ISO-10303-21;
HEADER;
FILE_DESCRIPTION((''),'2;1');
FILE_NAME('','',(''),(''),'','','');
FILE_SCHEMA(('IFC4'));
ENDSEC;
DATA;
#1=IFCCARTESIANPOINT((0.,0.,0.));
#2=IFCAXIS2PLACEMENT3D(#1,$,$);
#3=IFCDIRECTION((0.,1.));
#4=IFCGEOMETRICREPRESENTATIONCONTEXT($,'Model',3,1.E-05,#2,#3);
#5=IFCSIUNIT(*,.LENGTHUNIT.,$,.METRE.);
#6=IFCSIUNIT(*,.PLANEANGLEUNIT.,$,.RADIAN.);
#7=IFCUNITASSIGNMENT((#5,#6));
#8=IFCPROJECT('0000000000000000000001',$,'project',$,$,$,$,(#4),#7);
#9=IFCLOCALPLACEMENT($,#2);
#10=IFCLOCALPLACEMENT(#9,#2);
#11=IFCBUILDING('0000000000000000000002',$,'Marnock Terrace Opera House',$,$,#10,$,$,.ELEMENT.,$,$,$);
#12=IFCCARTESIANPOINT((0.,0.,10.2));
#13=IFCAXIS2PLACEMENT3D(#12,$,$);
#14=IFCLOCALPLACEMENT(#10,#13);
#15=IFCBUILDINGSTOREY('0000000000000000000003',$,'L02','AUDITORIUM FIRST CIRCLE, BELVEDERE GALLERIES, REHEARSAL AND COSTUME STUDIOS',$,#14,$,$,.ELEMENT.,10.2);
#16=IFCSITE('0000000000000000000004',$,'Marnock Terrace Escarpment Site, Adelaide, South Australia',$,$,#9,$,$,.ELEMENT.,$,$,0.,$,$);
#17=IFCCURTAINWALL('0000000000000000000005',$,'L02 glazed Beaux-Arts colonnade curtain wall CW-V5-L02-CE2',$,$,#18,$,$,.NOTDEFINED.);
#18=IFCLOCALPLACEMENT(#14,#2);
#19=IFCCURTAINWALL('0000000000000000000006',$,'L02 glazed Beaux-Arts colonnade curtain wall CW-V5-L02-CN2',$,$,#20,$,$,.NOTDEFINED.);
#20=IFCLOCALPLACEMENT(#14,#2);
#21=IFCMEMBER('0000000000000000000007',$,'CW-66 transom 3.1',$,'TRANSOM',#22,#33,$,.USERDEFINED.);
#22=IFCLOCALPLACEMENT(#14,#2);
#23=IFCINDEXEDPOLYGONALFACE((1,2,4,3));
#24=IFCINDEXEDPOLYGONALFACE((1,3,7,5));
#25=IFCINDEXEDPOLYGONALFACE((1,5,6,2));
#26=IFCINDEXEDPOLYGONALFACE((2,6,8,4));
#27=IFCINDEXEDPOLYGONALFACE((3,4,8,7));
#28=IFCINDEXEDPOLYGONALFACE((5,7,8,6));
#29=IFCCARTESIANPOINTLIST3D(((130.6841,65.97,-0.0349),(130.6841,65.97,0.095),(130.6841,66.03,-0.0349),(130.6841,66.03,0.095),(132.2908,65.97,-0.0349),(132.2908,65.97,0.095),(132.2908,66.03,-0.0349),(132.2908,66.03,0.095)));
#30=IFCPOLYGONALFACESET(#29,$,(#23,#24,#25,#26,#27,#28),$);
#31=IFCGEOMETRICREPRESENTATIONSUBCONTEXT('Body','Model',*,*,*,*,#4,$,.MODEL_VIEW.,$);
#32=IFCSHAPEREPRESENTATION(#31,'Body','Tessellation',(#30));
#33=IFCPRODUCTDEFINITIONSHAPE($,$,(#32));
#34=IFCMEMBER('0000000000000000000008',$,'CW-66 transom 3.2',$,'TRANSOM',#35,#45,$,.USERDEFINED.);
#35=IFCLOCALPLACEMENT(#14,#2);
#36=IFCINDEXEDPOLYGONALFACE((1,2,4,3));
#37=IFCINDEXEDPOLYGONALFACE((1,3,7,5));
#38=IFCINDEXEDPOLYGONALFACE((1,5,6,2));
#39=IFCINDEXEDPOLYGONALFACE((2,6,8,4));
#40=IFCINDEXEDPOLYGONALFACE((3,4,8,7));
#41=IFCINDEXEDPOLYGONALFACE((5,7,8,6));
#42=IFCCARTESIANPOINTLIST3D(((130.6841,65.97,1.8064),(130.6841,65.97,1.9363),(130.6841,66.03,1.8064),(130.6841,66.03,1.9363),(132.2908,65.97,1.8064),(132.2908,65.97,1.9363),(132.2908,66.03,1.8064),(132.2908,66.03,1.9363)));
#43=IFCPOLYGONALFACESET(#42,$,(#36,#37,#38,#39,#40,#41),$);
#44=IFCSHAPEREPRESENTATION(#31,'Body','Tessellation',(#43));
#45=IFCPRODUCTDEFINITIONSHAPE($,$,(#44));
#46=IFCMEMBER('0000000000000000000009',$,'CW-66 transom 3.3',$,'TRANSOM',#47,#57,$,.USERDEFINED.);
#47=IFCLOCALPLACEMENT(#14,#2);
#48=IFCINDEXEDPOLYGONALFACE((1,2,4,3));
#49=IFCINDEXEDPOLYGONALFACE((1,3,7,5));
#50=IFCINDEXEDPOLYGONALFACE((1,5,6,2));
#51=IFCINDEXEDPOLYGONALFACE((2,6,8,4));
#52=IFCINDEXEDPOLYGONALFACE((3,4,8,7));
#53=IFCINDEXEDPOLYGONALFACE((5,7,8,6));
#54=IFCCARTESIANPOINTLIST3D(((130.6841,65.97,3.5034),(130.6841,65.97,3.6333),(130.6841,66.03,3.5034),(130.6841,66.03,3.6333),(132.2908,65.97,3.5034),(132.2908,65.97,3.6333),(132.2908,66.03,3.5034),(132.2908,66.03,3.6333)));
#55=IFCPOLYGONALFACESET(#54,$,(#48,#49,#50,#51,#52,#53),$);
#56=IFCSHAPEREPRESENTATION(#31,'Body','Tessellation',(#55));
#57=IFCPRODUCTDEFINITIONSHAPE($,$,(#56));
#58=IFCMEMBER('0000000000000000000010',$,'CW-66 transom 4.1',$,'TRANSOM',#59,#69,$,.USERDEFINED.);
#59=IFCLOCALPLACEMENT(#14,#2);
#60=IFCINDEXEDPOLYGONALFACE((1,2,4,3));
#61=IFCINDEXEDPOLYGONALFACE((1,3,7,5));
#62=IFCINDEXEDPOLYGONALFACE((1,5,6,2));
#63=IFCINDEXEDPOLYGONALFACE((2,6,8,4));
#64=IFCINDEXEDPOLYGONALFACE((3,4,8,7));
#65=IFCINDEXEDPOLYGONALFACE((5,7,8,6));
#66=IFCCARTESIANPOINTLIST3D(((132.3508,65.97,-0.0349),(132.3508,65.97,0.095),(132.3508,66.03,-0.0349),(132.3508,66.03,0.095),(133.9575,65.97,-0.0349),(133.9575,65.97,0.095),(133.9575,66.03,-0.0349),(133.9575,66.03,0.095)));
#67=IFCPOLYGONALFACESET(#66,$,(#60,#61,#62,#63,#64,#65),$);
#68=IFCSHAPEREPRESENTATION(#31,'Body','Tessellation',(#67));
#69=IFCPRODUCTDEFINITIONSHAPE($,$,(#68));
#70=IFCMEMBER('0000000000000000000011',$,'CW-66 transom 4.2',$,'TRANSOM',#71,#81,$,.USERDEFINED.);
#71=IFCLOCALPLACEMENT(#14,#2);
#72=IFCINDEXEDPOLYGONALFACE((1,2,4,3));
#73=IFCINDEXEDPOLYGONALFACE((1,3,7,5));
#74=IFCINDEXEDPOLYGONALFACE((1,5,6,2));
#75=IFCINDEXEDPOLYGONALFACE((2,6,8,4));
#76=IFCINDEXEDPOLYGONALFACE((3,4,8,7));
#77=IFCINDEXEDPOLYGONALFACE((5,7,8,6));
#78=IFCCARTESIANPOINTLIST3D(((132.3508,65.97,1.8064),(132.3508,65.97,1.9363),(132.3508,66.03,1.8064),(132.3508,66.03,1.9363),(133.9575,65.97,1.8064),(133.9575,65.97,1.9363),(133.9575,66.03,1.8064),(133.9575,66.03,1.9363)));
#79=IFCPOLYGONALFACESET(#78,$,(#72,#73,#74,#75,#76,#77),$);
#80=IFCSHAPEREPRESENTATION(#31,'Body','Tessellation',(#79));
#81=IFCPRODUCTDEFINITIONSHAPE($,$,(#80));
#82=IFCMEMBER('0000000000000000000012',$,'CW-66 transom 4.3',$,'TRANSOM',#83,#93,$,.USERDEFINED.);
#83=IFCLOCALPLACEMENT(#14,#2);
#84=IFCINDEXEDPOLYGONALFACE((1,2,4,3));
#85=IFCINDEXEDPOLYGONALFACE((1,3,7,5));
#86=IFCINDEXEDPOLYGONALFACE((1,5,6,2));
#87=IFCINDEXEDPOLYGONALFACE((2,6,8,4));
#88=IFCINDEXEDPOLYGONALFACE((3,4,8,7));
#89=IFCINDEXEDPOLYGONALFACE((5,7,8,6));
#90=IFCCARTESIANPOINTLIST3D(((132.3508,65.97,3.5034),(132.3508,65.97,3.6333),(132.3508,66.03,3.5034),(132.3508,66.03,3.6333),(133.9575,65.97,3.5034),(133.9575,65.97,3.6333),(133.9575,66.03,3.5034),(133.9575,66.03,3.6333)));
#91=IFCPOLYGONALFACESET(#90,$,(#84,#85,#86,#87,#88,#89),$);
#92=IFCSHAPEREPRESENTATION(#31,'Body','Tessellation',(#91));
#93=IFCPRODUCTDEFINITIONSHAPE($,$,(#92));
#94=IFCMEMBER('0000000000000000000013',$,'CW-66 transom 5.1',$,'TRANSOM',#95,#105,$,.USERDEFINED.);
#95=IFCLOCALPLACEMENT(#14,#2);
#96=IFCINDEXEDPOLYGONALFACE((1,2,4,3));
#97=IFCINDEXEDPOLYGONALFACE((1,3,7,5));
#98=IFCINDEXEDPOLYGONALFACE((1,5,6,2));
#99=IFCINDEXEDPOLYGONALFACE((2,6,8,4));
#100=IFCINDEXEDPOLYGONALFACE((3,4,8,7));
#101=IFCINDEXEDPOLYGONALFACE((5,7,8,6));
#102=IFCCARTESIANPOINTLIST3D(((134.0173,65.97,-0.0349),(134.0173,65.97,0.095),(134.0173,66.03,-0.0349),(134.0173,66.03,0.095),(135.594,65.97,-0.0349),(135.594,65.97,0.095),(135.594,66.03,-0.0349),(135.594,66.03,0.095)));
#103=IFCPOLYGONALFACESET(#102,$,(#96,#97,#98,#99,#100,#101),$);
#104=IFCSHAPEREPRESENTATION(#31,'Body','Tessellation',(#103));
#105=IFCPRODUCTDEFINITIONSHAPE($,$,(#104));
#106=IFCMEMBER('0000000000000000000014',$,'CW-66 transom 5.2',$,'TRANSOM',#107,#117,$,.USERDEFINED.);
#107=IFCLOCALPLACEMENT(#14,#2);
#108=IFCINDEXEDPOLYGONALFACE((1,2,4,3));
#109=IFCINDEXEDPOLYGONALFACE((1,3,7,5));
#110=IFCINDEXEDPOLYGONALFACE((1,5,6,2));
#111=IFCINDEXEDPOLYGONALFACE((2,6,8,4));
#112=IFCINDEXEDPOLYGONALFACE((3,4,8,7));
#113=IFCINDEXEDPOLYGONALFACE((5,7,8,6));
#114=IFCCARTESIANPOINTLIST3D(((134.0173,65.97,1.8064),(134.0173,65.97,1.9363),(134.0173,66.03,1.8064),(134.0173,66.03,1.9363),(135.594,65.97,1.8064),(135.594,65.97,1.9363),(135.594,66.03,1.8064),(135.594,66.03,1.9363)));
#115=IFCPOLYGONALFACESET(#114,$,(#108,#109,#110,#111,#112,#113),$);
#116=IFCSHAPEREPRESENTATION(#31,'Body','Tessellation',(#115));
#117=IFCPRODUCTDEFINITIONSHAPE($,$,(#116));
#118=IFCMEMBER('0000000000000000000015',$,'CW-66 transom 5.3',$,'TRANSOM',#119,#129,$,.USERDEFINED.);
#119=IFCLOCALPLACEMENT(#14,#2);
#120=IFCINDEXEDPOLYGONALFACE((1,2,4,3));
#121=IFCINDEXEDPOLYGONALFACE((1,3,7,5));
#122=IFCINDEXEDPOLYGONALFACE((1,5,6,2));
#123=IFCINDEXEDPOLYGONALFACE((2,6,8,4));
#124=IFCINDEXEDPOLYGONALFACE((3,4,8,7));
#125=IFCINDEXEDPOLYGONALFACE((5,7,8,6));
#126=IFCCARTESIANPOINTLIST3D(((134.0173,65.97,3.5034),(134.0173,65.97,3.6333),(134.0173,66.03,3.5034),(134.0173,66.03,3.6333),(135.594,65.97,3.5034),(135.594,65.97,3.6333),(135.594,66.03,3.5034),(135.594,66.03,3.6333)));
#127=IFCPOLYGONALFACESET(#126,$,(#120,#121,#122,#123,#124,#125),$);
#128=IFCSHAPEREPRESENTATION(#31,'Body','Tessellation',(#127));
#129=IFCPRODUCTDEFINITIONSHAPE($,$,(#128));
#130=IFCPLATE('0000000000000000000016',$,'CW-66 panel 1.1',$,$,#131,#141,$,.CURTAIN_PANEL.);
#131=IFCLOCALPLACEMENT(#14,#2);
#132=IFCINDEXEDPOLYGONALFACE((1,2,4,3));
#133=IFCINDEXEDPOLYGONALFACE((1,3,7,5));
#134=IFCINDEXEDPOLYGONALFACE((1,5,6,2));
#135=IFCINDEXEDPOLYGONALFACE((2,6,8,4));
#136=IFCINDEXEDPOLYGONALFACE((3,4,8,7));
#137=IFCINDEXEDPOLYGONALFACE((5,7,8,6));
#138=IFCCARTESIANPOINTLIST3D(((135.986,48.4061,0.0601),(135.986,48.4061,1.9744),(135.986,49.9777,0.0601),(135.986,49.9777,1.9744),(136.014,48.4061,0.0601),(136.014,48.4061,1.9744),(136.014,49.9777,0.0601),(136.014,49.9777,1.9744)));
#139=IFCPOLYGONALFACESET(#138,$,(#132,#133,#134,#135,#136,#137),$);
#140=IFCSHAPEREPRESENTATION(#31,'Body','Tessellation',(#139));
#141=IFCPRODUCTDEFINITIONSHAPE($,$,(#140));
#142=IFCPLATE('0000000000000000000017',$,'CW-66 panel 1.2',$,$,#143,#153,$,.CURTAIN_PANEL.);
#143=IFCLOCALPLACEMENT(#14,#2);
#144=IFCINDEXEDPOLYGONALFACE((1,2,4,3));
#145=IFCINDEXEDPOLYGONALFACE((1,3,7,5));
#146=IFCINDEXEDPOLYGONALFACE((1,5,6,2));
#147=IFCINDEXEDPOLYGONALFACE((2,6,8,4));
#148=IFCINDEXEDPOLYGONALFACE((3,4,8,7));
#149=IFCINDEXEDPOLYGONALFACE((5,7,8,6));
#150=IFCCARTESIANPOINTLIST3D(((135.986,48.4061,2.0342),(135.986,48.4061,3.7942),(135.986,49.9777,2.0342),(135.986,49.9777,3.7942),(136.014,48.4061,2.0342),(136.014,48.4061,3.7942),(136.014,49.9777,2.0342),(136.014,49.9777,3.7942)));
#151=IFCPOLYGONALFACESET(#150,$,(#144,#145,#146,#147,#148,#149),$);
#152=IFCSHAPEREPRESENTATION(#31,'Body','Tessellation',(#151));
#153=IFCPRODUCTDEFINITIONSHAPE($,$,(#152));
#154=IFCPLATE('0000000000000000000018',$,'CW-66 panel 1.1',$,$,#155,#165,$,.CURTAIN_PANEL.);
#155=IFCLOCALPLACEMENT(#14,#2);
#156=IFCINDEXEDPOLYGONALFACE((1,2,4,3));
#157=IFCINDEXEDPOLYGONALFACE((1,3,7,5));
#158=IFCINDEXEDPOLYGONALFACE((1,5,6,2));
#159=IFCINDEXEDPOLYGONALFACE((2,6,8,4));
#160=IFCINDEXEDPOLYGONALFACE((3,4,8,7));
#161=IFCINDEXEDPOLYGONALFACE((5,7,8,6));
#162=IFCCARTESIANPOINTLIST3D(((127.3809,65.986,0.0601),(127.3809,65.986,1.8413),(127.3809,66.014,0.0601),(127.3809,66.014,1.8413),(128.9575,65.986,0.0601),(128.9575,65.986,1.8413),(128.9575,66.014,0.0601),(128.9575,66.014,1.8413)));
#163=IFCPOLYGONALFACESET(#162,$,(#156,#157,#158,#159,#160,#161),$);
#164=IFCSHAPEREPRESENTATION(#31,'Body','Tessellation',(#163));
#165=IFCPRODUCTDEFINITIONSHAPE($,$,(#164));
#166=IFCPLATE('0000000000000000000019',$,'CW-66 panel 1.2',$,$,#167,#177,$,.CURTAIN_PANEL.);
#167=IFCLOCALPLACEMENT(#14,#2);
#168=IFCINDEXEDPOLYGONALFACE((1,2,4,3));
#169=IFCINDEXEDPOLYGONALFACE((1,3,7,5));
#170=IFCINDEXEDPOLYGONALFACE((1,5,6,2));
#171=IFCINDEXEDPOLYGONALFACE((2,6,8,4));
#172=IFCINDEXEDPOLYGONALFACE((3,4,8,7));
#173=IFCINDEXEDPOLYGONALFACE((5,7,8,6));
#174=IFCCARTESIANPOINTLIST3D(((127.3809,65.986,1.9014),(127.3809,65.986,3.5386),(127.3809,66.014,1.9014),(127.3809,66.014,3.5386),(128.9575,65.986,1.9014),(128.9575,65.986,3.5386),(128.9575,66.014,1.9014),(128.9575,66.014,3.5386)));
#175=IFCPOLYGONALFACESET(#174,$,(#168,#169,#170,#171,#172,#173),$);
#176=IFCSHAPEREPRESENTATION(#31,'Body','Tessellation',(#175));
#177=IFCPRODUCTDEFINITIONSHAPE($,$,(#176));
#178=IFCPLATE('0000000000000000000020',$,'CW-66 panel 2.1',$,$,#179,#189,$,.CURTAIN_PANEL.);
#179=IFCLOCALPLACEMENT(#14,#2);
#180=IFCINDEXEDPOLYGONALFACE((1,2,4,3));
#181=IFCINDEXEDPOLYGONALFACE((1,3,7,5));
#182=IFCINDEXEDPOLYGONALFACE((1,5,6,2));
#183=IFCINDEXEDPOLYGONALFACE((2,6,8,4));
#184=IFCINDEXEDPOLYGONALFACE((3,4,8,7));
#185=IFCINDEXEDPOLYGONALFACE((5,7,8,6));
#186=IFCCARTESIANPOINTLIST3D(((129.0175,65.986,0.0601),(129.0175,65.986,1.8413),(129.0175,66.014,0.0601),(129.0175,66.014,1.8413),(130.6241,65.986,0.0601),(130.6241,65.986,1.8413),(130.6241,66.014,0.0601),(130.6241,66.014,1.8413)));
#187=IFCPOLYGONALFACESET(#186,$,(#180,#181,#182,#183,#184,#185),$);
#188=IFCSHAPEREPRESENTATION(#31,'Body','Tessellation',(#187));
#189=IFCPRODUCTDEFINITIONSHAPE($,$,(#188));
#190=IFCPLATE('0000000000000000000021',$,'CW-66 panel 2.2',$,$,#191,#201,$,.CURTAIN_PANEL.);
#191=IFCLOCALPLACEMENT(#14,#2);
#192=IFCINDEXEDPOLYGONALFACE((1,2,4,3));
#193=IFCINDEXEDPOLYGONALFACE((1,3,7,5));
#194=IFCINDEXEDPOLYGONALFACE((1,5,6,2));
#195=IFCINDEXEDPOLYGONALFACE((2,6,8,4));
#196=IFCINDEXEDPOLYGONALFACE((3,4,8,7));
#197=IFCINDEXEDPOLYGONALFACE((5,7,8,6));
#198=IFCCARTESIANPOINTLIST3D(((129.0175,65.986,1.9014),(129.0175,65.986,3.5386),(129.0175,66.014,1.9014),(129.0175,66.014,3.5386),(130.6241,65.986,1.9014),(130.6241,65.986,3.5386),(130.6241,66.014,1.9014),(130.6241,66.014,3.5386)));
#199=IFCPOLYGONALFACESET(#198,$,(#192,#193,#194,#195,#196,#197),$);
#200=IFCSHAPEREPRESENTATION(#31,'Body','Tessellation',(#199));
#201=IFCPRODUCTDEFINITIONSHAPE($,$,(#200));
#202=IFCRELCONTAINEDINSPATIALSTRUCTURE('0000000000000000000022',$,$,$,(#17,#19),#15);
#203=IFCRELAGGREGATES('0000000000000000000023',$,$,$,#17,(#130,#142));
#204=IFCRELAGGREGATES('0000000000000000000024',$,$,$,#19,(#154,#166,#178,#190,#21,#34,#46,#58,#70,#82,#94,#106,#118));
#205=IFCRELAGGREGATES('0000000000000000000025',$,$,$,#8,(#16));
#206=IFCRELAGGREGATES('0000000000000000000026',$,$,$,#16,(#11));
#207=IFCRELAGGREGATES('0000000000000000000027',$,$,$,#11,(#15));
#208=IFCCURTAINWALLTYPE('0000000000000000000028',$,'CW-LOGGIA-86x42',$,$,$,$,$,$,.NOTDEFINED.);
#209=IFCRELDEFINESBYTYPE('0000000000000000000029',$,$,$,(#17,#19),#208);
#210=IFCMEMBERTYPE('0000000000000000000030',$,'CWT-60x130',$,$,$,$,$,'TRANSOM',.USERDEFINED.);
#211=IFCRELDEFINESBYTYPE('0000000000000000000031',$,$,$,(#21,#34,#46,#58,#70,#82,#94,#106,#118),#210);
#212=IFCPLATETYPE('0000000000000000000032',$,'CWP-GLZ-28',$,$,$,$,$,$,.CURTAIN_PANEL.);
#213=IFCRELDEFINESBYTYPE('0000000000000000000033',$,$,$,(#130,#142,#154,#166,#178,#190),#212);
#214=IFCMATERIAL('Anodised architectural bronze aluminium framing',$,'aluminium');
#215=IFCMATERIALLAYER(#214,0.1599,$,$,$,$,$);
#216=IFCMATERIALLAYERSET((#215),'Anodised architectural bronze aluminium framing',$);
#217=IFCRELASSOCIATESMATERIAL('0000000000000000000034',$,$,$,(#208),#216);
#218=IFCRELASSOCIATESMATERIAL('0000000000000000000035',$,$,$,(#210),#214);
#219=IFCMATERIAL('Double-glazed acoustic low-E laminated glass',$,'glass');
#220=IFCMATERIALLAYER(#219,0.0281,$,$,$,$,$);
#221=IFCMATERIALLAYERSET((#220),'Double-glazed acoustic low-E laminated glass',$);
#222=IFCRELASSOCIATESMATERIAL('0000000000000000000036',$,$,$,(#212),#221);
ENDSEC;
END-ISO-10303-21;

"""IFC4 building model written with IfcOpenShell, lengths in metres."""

from ifc_helpers import new_model, si_unit, direction, frame, origin, origin_2d, place, context, subcontext, project, spatial, rectangle, extrude, material, layer, layer_set, material_profile, profile_set, type_object, element, aggregate, save


model = new_model("IFC4")

# Units and contexts
model_context = context("Model", 3, precision=1e-05, world=origin(), true_north=direction((0.0, 1.0)))
body_context = subcontext(model_context, "Body", "Model", "MODEL_VIEW")
ifc_project = project(units=[si_unit("LENGTHUNIT", "METRE"), si_unit("PLANEANGLEUNIT", "RADIAN")], contexts=[model_context])

# Site, building, storey
site_placement = place(None, origin())
site = spatial("IfcSite", under=ifc_project, at=site_placement, Name="Marnock Terrace Escarpment Site, Adelaide, South Australia", CompositionType="ELEMENT", RefElevation=0.0)
building_placement = place(site_placement, origin())
building = spatial("IfcBuilding", under=site, at=building_placement, Name="Marnock Terrace Opera House", CompositionType="ELEMENT")
storey_placement = place(building_placement, frame((0.0, 0.0, 10.2)))
storey = spatial("IfcBuildingStorey", under=building, at=storey_placement, Name="L02", Description="AUDITORIUM FIRST CIRCLE, BELVEDERE GALLERIES, REHEARSAL AND COSTUME STUDIOS", CompositionType="ELEMENT", Elevation=10.2)

# Curtain wall
ifc_material_1 = material(Name="Anodised architectural bronze aluminium framing", Category="aluminium")
ifc_layer_1 = layer(ifc_material_1, 0.1599)
ifc_layer_set_1 = layer_set([ifc_layer_1], Name="Anodised architectural bronze aluminium framing")
curtain_wall_type = type_object("IfcCurtainWallType", Name="CW-LOGGIA-86x42", PredefinedType="NOTDEFINED", material=ifc_layer_set_1)
curtain_wall_1_placement = place(storey_placement, origin())
curtain_wall_1 = element("IfcCurtainWall", 1, at=curtain_wall_1_placement, inside=storey, type_object=curtain_wall_type, Name="L02 glazed Beaux-Arts colonnade curtain wall CW-V5-L02-CE2", PredefinedType="NOTDEFINED")

# Curtain wall
curtain_wall_2_placement = place(storey_placement, origin())
curtain_wall_2 = element("IfcCurtainWall", 2, at=curtain_wall_2_placement, inside=storey, type_object=curtain_wall_type, Name="L02 glazed Beaux-Arts colonnade curtain wall CW-V5-L02-CN2", PredefinedType="NOTDEFINED")

# Members
ifc_material_profile_1 = material_profile(ifc_material_1, rectangle(XDim=0.0601, YDim=0.1299, at=origin_2d()))
ifc_profile_set_1 = profile_set([ifc_material_profile_1], Name="Anodised architectural bronze aluminium framing")
member_type_1 = type_object("IfcMemberType", Name="CWT-60x130", ElementType="TRANSOM", PredefinedType="USERDEFINED", material=ifc_profile_set_1)
member_1_placement = place(storey_placement, frame((130.6841, 66.0, 0.03), z_axis=(1.0, 0.0, 0.0), x_axis=(0.0, 1.0, 0.0)))
member_1 = element("IfcMember", 3, at=member_1_placement, type_object=member_type_1, Name="CW-66 transom 3.1", ObjectType="TRANSOM", PredefinedType="USERDEFINED", context=body_context, shape_type="SweptSolid", body=[
    extrude(rectangle(XDim=0.0601, YDim=0.1299, at=origin_2d()), origin(), (0.0, 0.0, 1.0), 1.6067),
])
member_2_placement = place(storey_placement, frame((130.6841, 66.0, 1.8713), z_axis=(1.0, 0.0, 0.0), x_axis=(0.0, 1.0, 0.0)))
member_2 = element("IfcMember", 4, at=member_2_placement, type_object=member_type_1, Name="CW-66 transom 3.2", ObjectType="TRANSOM", PredefinedType="USERDEFINED", context=body_context, shape_type="SweptSolid", body=[
    extrude(rectangle(XDim=0.0601, YDim=0.1299, at=origin_2d()), origin(), (0.0, 0.0, 1.0), 1.6067),
])
member_3_placement = place(storey_placement, frame((130.6841, 66.0, 3.5684), z_axis=(1.0, 0.0, 0.0), x_axis=(0.0, 1.0, 0.0)))
member_3 = element("IfcMember", 5, at=member_3_placement, type_object=member_type_1, Name="CW-66 transom 3.3", ObjectType="TRANSOM", PredefinedType="USERDEFINED", context=body_context, shape_type="SweptSolid", body=[
    extrude(rectangle(XDim=0.0601, YDim=0.1299, at=origin_2d()), origin(), (0.0, 0.0, 1.0), 1.6067),
])
member_4_placement = place(storey_placement, frame((132.3508, 66.0, 0.03), z_axis=(1.0, 0.0, 0.0), x_axis=(0.0, 1.0, 0.0)))
member_4 = element("IfcMember", 6, at=member_4_placement, type_object=member_type_1, Name="CW-66 transom 4.1", ObjectType="TRANSOM", PredefinedType="USERDEFINED", context=body_context, shape_type="SweptSolid", body=[
    extrude(rectangle(XDim=0.0601, YDim=0.1299, at=origin_2d()), origin(), (0.0, 0.0, 1.0), 1.6067),
])
member_5_placement = place(storey_placement, frame((132.3508, 66.0, 1.8713), z_axis=(1.0, 0.0, 0.0), x_axis=(0.0, 1.0, 0.0)))
member_5 = element("IfcMember", 7, at=member_5_placement, type_object=member_type_1, Name="CW-66 transom 4.2", ObjectType="TRANSOM", PredefinedType="USERDEFINED", context=body_context, shape_type="SweptSolid", body=[
    extrude(rectangle(XDim=0.0601, YDim=0.1299, at=origin_2d()), origin(), (0.0, 0.0, 1.0), 1.6067),
])
member_6_placement = place(storey_placement, frame((132.3508, 66.0, 3.5684), z_axis=(1.0, 0.0, 0.0), x_axis=(0.0, 1.0, 0.0)))
member_6 = element("IfcMember", 8, at=member_6_placement, type_object=member_type_1, Name="CW-66 transom 4.3", ObjectType="TRANSOM", PredefinedType="USERDEFINED", context=body_context, shape_type="SweptSolid", body=[
    extrude(rectangle(XDim=0.0601, YDim=0.1299, at=origin_2d()), origin(), (0.0, 0.0, 1.0), 1.6067),
])
member_7_placement = place(storey_placement, frame((134.0173, 66.0, 0.03), z_axis=(1.0, 0.0, 0.0), x_axis=(0.0, 1.0, 0.0)))
member_7 = element("IfcMember", 9, at=member_7_placement, type_object=member_type_1, Name="CW-66 transom 5.1", ObjectType="TRANSOM", PredefinedType="USERDEFINED", context=body_context, shape_type="SweptSolid", body=[
    extrude(rectangle(XDim=0.0601, YDim=0.1299, at=origin_2d()), origin(), (0.0, 0.0, 1.0), 1.5767),
])
member_8_placement = place(storey_placement, frame((134.0173, 66.0, 1.8713), z_axis=(1.0, 0.0, 0.0), x_axis=(0.0, 1.0, 0.0)))
member_8 = element("IfcMember", 10, at=member_8_placement, type_object=member_type_1, Name="CW-66 transom 5.2", ObjectType="TRANSOM", PredefinedType="USERDEFINED", context=body_context, shape_type="SweptSolid", body=[
    extrude(rectangle(XDim=0.0601, YDim=0.1299, at=origin_2d()), origin(), (0.0, 0.0, 1.0), 1.5767),
])
member_9_placement = place(storey_placement, frame((134.0173, 66.0, 3.5684), z_axis=(1.0, 0.0, 0.0), x_axis=(0.0, 1.0, 0.0)))
member_9 = element("IfcMember", 11, at=member_9_placement, type_object=member_type_1, Name="CW-66 transom 5.3", ObjectType="TRANSOM", PredefinedType="USERDEFINED", context=body_context, shape_type="SweptSolid", body=[
    extrude(rectangle(XDim=0.0601, YDim=0.1299, at=origin_2d()), origin(), (0.0, 0.0, 1.0), 1.5767),
])

# Plates
ifc_material_2 = material(Name="Double-glazed acoustic low-E laminated glass", Category="glass")
ifc_layer_2 = layer(ifc_material_2, 0.0281)
ifc_layer_set_2 = layer_set([ifc_layer_2], Name="Double-glazed acoustic low-E laminated glass")
plate_type = type_object("IfcPlateType", Name="CWP-GLZ-28", PredefinedType="CURTAIN_PANEL", material=ifc_layer_set_2)
plate_1_placement = place(storey_placement, frame((136.0, 49.1919, 0.0601), z_axis=(0.0, 0.0, 1.0), x_axis=(0.0, 1.0, 0.0)))
plate_1 = element("IfcPlate", 12, at=plate_1_placement, type_object=plate_type, Name="CW-66 panel 1.1", PredefinedType="CURTAIN_PANEL", context=body_context, shape_type="SweptSolid", body=[
    extrude(rectangle(XDim=1.5715, YDim=0.0281, at=origin_2d()), origin(), (0.0, 0.0, 1.0), 1.9143),
])
plate_2_placement = place(storey_placement, frame((136.0, 49.1919, 2.0342), z_axis=(0.0, 0.0, 1.0), x_axis=(0.0, 1.0, 0.0)))
plate_2 = element("IfcPlate", 13, at=plate_2_placement, type_object=plate_type, Name="CW-66 panel 1.2", PredefinedType="CURTAIN_PANEL", context=body_context, shape_type="SweptSolid", body=[
    extrude(rectangle(XDim=1.5715, YDim=0.0281, at=origin_2d()), origin(), (0.0, 0.0, 1.0), 1.76),
])
aggregate(curtain_wall_1, [plate_1, plate_2])
plate_3_placement = place(storey_placement, frame((128.1692, 66.0, 0.0601), z_axis=(0.0, 0.0, 1.0), x_axis=(1.0, 0.0, 0.0)))
plate_3 = element("IfcPlate", 14, at=plate_3_placement, type_object=plate_type, Name="CW-66 panel 1.1", PredefinedType="CURTAIN_PANEL", context=body_context, shape_type="SweptSolid", body=[
    extrude(rectangle(XDim=1.5767, YDim=0.0281, at=origin_2d()), origin(), (0.0, 0.0, 1.0), 1.7812),
])
plate_4_placement = place(storey_placement, frame((128.1692, 66.0, 1.9014), z_axis=(0.0, 0.0, 1.0), x_axis=(1.0, 0.0, 0.0)))
plate_4 = element("IfcPlate", 15, at=plate_4_placement, type_object=plate_type, Name="CW-66 panel 1.2", PredefinedType="CURTAIN_PANEL", context=body_context, shape_type="SweptSolid", body=[
    extrude(rectangle(XDim=1.5767, YDim=0.0281, at=origin_2d()), origin(), (0.0, 0.0, 1.0), 1.6372),
])
plate_5_placement = place(storey_placement, frame((129.8208, 66.0, 0.0601), z_axis=(0.0, 0.0, 1.0), x_axis=(1.0, 0.0, 0.0)))
plate_5 = element("IfcPlate", 16, at=plate_5_placement, type_object=plate_type, Name="CW-66 panel 2.1", PredefinedType="CURTAIN_PANEL", context=body_context, shape_type="SweptSolid", body=[
    extrude(rectangle(XDim=1.6067, YDim=0.0281, at=origin_2d()), origin(), (0.0, 0.0, 1.0), 1.7812),
])
plate_6_placement = place(storey_placement, frame((129.8208, 66.0, 1.9014), z_axis=(0.0, 0.0, 1.0), x_axis=(1.0, 0.0, 0.0)))
plate_6 = element("IfcPlate", 17, at=plate_6_placement, type_object=plate_type, Name="CW-66 panel 2.2", PredefinedType="CURTAIN_PANEL", context=body_context, shape_type="SweptSolid", body=[
    extrude(rectangle(XDim=1.6067, YDim=0.0281, at=origin_2d()), origin(), (0.0, 0.0, 1.0), 1.6372),
])
aggregate(curtain_wall_2, [plate_3, plate_4, plate_5, plate_6, member_1, member_2, member_3, member_4, member_5, member_6, member_7, member_8, member_9])

save(model, "model.ifc")
